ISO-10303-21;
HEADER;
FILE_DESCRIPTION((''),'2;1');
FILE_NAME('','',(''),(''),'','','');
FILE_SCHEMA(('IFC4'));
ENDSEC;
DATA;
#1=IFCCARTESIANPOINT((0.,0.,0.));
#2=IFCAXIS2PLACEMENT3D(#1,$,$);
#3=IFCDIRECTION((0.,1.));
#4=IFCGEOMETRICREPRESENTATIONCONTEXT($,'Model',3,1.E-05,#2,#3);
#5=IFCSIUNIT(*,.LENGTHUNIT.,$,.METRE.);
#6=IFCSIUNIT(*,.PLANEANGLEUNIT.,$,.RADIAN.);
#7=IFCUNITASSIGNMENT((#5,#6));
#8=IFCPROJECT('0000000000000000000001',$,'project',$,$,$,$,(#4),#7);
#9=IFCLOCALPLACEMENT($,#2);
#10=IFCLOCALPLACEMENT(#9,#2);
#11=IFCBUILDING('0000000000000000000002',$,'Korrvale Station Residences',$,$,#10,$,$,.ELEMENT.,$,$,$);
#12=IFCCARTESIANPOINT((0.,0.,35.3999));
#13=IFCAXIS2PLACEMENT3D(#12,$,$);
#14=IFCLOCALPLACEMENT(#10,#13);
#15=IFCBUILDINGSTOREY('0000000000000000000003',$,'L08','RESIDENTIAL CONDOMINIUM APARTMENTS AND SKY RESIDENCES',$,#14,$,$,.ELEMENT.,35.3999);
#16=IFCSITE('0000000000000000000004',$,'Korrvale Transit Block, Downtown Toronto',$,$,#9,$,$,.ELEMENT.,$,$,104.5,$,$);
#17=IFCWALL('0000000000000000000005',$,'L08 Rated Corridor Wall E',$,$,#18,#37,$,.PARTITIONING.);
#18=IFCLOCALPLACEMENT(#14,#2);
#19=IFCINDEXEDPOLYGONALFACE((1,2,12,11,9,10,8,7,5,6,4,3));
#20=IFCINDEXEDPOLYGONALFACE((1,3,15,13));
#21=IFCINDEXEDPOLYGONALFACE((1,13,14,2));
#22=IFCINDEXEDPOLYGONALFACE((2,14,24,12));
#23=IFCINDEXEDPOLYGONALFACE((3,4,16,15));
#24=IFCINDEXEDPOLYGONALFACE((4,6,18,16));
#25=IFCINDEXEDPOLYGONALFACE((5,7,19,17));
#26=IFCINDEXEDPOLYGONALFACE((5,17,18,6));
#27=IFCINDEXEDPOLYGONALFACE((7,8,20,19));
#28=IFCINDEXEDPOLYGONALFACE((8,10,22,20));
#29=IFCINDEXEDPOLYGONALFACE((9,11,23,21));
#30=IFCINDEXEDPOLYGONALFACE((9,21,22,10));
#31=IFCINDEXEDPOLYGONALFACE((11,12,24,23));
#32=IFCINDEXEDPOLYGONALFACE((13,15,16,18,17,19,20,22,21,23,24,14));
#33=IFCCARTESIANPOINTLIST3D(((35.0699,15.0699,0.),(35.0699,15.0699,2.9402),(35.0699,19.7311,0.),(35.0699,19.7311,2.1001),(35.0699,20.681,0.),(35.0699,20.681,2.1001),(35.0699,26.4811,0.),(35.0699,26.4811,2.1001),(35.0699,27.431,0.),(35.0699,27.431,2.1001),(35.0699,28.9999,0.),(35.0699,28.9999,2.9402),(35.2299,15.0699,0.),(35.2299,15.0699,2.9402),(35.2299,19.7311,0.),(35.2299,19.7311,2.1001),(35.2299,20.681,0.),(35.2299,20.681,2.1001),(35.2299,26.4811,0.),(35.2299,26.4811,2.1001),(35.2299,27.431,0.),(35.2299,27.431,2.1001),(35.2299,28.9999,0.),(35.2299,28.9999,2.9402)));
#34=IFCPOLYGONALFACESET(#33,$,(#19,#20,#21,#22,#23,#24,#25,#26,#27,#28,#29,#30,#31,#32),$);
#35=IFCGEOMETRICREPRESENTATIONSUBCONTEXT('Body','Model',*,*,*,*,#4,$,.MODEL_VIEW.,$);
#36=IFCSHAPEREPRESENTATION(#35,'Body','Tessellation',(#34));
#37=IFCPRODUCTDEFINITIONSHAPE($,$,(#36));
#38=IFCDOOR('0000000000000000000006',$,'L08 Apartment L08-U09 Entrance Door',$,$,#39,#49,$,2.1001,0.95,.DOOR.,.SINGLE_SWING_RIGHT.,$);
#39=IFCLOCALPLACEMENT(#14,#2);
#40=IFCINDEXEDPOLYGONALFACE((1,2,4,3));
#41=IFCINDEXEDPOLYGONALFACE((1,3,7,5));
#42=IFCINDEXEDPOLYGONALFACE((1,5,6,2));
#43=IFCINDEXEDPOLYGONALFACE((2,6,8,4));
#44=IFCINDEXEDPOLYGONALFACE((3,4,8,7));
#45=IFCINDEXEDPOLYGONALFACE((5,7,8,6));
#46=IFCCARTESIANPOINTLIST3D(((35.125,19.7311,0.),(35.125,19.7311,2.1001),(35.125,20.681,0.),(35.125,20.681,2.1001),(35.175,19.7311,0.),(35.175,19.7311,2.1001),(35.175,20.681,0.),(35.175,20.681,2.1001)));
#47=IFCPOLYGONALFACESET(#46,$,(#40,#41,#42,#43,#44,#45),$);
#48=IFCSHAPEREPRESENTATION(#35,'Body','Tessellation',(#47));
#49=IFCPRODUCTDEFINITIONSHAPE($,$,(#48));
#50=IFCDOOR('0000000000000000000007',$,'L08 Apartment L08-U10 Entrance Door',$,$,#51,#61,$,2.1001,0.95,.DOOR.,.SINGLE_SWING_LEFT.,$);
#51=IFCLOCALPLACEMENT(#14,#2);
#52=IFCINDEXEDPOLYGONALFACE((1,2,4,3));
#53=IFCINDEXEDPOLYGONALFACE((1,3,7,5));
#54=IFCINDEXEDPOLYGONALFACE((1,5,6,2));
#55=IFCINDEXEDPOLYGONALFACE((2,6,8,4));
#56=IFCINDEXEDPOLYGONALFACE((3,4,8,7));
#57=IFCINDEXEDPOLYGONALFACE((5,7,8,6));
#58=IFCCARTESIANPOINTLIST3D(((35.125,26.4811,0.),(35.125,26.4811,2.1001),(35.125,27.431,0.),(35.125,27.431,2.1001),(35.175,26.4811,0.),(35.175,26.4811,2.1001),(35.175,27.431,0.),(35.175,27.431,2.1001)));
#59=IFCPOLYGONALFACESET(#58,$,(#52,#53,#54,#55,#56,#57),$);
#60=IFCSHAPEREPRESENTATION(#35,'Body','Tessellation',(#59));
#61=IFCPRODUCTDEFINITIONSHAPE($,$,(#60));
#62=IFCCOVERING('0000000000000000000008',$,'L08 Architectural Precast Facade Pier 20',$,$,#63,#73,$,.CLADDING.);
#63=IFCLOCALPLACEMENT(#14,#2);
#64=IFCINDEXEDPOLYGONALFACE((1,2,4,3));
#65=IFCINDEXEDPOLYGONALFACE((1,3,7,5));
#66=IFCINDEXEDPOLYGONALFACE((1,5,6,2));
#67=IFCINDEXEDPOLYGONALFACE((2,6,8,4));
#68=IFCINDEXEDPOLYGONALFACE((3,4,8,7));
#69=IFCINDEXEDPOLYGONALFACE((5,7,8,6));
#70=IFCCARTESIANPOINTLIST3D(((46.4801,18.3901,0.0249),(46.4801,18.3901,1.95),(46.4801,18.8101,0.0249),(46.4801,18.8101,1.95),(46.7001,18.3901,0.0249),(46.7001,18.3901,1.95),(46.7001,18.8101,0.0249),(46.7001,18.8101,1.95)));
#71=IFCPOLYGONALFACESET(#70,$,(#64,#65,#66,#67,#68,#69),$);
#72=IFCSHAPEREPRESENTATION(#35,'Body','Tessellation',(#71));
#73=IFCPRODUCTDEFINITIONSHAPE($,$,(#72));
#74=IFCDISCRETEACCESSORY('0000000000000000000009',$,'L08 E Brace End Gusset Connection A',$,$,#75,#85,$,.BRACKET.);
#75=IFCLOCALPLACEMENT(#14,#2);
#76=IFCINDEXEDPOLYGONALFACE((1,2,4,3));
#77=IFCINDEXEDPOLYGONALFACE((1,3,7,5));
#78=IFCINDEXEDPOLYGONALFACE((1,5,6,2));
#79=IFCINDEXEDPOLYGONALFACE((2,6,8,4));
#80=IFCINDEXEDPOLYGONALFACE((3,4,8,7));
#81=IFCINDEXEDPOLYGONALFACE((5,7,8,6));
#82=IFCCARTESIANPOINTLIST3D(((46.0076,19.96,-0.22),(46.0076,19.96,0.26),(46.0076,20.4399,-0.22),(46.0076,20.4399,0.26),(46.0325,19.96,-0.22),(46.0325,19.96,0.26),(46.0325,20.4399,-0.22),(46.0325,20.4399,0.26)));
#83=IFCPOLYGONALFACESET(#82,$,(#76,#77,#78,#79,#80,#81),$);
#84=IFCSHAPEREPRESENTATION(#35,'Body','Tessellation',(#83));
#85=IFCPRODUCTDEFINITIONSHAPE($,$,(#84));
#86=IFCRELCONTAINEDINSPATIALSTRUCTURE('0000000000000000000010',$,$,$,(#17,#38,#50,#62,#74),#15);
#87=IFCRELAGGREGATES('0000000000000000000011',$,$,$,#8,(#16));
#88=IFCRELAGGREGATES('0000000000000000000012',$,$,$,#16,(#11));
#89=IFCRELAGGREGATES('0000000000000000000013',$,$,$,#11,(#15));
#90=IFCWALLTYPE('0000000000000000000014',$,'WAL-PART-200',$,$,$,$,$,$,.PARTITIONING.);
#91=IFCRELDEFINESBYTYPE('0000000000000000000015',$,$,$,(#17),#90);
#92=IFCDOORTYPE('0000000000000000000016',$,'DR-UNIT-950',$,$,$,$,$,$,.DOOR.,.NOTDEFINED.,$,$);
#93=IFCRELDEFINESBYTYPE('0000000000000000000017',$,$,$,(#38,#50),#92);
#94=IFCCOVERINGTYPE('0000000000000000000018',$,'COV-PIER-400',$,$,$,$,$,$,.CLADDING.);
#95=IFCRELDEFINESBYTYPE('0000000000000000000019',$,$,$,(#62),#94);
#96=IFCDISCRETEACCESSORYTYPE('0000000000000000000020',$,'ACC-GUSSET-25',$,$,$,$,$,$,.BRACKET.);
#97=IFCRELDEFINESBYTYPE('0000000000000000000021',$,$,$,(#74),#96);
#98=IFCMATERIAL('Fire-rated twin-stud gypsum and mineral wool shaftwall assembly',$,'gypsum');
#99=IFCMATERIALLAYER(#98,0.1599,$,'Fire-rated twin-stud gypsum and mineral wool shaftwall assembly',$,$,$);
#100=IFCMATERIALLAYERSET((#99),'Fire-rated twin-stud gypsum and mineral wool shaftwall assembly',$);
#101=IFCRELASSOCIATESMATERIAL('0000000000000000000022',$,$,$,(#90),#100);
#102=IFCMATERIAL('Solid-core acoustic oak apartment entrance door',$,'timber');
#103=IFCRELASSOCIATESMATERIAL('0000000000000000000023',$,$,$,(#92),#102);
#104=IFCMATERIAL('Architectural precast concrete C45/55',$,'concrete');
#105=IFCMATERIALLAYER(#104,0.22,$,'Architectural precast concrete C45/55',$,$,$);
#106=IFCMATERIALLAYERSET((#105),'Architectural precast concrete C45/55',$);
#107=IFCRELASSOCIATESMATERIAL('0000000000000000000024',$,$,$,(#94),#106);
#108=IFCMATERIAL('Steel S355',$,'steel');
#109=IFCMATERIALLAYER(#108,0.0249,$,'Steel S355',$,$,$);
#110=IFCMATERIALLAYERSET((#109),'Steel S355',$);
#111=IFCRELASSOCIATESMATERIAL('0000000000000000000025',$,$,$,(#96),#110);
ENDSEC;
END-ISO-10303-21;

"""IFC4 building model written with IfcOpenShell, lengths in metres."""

from ifc_helpers import new_model, si_unit, direction, frame, frame_2d, origin, origin_2d, place, context, subcontext, project, spatial, rectangle, extrude, material, layer, layer_set, type_object, element, fill, save


model = new_model("IFC4")

# Units and contexts
model_context = context("Model", 3, precision=1e-05, world=origin(), true_north=direction((0.0, 1.0)))
body_context = subcontext(model_context, "Body", "Model", "MODEL_VIEW")
ifc_project = project(units=[si_unit("LENGTHUNIT", "METRE"), si_unit("PLANEANGLEUNIT", "RADIAN")], contexts=[model_context])

# Site, building, storey
site_placement = place(None, origin())
site = spatial("IfcSite", under=ifc_project, at=site_placement, Name="Korrvale Transit Block, Downtown Toronto", CompositionType="ELEMENT", RefElevation=104.5)
building_placement = place(site_placement, origin())
building = spatial("IfcBuilding", under=site, at=building_placement, Name="Korrvale Station Residences", CompositionType="ELEMENT")
storey_placement = place(building_placement, frame((0.0, 0.0, 35.3999)))
storey = spatial("IfcBuildingStorey", under=building, at=storey_placement, Name="L08", Description="RESIDENTIAL CONDOMINIUM APARTMENTS AND SKY RESIDENCES", CompositionType="ELEMENT", Elevation=35.3999)

# Shared definitions
ifc_material_1 = material(Name="Steel S355", Category="steel")

# Shared definitions
ifc_material_2 = material(Name="Fire-rated twin-stud gypsum and mineral wool shaftwall assembly", Category="gypsum")
ifc_layer_1 = layer(ifc_material_2, 0.1599, Name="Fire-rated twin-stud gypsum and mineral wool shaftwall assembly")
ifc_layer_set_1 = layer_set([ifc_layer_1], Name="Fire-rated twin-stud gypsum and mineral wool shaftwall assembly")
wall_type_1 = type_object("IfcWallType", Name="WAL-PART-200", PredefinedType="PARTITIONING", material=ifc_layer_set_1)

# Wall, openings, doors
wall_1_placement = place(storey_placement, frame((35.1499, 15.0701, 0.0), z_axis=(0.0, 0.0, 1.0), x_axis=(0.0, 1.0, 0.0)))
wall_1 = element("IfcWall", 1, at=wall_1_placement, inside=storey, type_object=wall_type_1, Name="L08 Rated Corridor Wall E", PredefinedType="PARTITIONING", context=body_context, shape_type="SweptSolid", body=[
    extrude(rectangle(XDim=13.9299, YDim=0.1599, at=frame_2d((6.9648, 0.0))), origin(), (0.0, 0.0, 1.0), 2.9402),
])
opening_1_placement = place(wall_1_placement, frame((4.6609, 0.0, 0.0)))
opening_1 = element("IfcOpeningElement", 2, at=opening_1_placement, cuts=wall_1, PredefinedType="OPENING", context=body_context, shape_type="SweptSolid", body=[
    extrude(rectangle(XDim=0.95, YDim=2.1001, at=frame_2d((0.4751, 1.05))), frame((0.0, 0.0898, 0.0), z_axis=(0.0, -1.0, 0.0), x_axis=(1.0, 0.0, 0.0)), (0.0, 0.0, 1.0), 0.1799),
])
opening_2_placement = place(wall_1_placement, frame((11.4109, 0.0, 0.0)))
opening_2 = element("IfcOpeningElement", 3, at=opening_2_placement, cuts=wall_1, PredefinedType="OPENING", context=body_context, shape_type="SweptSolid", body=[
    extrude(rectangle(XDim=0.95, YDim=2.1001, at=frame_2d((0.4751, 1.05))), frame((0.0, 0.0898, 0.0), z_axis=(0.0, -1.0, 0.0), x_axis=(1.0, 0.0, 0.0)), (0.0, 0.0, 1.0), 0.1799),
])
ifc_material_3 = material(Name="Solid-core acoustic oak apartment entrance door", Category="timber")
door_type_1 = type_object("IfcDoorType", Name="DR-UNIT-950", OperationType="NOTDEFINED", PredefinedType="DOOR", material=ifc_material_3)
door_1_placement = place(opening_1_placement, origin())
door_1 = element("IfcDoor", 4, at=door_1_placement, inside=storey, type_object=door_type_1, Name="L08 Apartment L08-U09 Entrance Door", OperationType="SINGLE_SWING_RIGHT", OverallHeight=2.1001, OverallWidth=0.95, PredefinedType="DOOR", context=body_context, shape_type="SweptSolid", body=[
    extrude(rectangle(XDim=0.95, YDim=2.1001, at=frame_2d((0.4751, 1.05))), frame((0.0, 0.0249, 0.0), z_axis=(0.0, -1.0, 0.0), x_axis=(1.0, 0.0, 0.0)), (0.0, 0.0, 1.0), 0.05),
])
fill(opening_1, door_1)
door_2_placement = place(opening_2_placement, origin())
door_2 = element("IfcDoor", 5, at=door_2_placement, inside=storey, type_object=door_type_1, Name="L08 Apartment L08-U10 Entrance Door", OperationType="SINGLE_SWING_LEFT", OverallHeight=2.1001, OverallWidth=0.95, PredefinedType="DOOR", context=body_context, shape_type="SweptSolid", body=[
    extrude(rectangle(XDim=0.95, YDim=2.1001, at=frame_2d((0.4751, 1.05))), frame((0.0, 0.0249, 0.0), z_axis=(0.0, -1.0, 0.0), x_axis=(1.0, 0.0, 0.0)), (0.0, 0.0, 1.0), 0.05),
])
fill(opening_2, door_2)

# Covering
ifc_material_4 = material(Name="Architectural precast concrete C45/55", Category="concrete")
ifc_layer_2 = layer(ifc_material_4, 0.22, Name="Architectural precast concrete C45/55")
ifc_layer_set_2 = layer_set([ifc_layer_2], Name="Architectural precast concrete C45/55")
covering_type = type_object("IfcCoveringType", Name="COV-PIER-400", PredefinedType="CLADDING", material=ifc_layer_set_2)
covering_placement = place(storey_placement, frame((46.5901, 18.6001, 0.0249), z_axis=(0.0, 0.0, 1.0), x_axis=(0.0, 1.0, 0.0)))
element("IfcCovering", 6, at=covering_placement, inside=storey, type_object=covering_type, Name="L08 Architectural Precast Facade Pier 20", PredefinedType="CLADDING", context=body_context, shape_type="SweptSolid", body=[
    extrude(rectangle(XDim=0.4199, YDim=0.22, at=origin_2d()), origin(), (0.0, 0.0, 1.0), 1.925),
])

# Discrete accessory
ifc_layer_3 = layer(ifc_material_1, 0.0249, Name="Steel S355")
ifc_layer_set_3 = layer_set([ifc_layer_3], Name="Steel S355")
discrete_accessory_type = type_object("IfcDiscreteAccessoryType", Name="ACC-GUSSET-25", PredefinedType="BRACKET", material=ifc_layer_set_3)
discrete_accessory_placement = place(storey_placement, frame((46.02, 20.2, -0.22), z_axis=(0.0, 0.0, 1.0), x_axis=(0.0, 1.0, 0.0)))
element("IfcDiscreteAccessory", 7, at=discrete_accessory_placement, inside=storey, type_object=discrete_accessory_type, Name="L08 E Brace End Gusset Connection A", PredefinedType="BRACKET", context=body_context, shape_type="SweptSolid", body=[
    extrude(rectangle(XDim=0.48, YDim=0.0249, at=origin_2d()), origin(), (0.0, 0.0, 1.0), 0.48),
])

save(model, "model.ifc")
